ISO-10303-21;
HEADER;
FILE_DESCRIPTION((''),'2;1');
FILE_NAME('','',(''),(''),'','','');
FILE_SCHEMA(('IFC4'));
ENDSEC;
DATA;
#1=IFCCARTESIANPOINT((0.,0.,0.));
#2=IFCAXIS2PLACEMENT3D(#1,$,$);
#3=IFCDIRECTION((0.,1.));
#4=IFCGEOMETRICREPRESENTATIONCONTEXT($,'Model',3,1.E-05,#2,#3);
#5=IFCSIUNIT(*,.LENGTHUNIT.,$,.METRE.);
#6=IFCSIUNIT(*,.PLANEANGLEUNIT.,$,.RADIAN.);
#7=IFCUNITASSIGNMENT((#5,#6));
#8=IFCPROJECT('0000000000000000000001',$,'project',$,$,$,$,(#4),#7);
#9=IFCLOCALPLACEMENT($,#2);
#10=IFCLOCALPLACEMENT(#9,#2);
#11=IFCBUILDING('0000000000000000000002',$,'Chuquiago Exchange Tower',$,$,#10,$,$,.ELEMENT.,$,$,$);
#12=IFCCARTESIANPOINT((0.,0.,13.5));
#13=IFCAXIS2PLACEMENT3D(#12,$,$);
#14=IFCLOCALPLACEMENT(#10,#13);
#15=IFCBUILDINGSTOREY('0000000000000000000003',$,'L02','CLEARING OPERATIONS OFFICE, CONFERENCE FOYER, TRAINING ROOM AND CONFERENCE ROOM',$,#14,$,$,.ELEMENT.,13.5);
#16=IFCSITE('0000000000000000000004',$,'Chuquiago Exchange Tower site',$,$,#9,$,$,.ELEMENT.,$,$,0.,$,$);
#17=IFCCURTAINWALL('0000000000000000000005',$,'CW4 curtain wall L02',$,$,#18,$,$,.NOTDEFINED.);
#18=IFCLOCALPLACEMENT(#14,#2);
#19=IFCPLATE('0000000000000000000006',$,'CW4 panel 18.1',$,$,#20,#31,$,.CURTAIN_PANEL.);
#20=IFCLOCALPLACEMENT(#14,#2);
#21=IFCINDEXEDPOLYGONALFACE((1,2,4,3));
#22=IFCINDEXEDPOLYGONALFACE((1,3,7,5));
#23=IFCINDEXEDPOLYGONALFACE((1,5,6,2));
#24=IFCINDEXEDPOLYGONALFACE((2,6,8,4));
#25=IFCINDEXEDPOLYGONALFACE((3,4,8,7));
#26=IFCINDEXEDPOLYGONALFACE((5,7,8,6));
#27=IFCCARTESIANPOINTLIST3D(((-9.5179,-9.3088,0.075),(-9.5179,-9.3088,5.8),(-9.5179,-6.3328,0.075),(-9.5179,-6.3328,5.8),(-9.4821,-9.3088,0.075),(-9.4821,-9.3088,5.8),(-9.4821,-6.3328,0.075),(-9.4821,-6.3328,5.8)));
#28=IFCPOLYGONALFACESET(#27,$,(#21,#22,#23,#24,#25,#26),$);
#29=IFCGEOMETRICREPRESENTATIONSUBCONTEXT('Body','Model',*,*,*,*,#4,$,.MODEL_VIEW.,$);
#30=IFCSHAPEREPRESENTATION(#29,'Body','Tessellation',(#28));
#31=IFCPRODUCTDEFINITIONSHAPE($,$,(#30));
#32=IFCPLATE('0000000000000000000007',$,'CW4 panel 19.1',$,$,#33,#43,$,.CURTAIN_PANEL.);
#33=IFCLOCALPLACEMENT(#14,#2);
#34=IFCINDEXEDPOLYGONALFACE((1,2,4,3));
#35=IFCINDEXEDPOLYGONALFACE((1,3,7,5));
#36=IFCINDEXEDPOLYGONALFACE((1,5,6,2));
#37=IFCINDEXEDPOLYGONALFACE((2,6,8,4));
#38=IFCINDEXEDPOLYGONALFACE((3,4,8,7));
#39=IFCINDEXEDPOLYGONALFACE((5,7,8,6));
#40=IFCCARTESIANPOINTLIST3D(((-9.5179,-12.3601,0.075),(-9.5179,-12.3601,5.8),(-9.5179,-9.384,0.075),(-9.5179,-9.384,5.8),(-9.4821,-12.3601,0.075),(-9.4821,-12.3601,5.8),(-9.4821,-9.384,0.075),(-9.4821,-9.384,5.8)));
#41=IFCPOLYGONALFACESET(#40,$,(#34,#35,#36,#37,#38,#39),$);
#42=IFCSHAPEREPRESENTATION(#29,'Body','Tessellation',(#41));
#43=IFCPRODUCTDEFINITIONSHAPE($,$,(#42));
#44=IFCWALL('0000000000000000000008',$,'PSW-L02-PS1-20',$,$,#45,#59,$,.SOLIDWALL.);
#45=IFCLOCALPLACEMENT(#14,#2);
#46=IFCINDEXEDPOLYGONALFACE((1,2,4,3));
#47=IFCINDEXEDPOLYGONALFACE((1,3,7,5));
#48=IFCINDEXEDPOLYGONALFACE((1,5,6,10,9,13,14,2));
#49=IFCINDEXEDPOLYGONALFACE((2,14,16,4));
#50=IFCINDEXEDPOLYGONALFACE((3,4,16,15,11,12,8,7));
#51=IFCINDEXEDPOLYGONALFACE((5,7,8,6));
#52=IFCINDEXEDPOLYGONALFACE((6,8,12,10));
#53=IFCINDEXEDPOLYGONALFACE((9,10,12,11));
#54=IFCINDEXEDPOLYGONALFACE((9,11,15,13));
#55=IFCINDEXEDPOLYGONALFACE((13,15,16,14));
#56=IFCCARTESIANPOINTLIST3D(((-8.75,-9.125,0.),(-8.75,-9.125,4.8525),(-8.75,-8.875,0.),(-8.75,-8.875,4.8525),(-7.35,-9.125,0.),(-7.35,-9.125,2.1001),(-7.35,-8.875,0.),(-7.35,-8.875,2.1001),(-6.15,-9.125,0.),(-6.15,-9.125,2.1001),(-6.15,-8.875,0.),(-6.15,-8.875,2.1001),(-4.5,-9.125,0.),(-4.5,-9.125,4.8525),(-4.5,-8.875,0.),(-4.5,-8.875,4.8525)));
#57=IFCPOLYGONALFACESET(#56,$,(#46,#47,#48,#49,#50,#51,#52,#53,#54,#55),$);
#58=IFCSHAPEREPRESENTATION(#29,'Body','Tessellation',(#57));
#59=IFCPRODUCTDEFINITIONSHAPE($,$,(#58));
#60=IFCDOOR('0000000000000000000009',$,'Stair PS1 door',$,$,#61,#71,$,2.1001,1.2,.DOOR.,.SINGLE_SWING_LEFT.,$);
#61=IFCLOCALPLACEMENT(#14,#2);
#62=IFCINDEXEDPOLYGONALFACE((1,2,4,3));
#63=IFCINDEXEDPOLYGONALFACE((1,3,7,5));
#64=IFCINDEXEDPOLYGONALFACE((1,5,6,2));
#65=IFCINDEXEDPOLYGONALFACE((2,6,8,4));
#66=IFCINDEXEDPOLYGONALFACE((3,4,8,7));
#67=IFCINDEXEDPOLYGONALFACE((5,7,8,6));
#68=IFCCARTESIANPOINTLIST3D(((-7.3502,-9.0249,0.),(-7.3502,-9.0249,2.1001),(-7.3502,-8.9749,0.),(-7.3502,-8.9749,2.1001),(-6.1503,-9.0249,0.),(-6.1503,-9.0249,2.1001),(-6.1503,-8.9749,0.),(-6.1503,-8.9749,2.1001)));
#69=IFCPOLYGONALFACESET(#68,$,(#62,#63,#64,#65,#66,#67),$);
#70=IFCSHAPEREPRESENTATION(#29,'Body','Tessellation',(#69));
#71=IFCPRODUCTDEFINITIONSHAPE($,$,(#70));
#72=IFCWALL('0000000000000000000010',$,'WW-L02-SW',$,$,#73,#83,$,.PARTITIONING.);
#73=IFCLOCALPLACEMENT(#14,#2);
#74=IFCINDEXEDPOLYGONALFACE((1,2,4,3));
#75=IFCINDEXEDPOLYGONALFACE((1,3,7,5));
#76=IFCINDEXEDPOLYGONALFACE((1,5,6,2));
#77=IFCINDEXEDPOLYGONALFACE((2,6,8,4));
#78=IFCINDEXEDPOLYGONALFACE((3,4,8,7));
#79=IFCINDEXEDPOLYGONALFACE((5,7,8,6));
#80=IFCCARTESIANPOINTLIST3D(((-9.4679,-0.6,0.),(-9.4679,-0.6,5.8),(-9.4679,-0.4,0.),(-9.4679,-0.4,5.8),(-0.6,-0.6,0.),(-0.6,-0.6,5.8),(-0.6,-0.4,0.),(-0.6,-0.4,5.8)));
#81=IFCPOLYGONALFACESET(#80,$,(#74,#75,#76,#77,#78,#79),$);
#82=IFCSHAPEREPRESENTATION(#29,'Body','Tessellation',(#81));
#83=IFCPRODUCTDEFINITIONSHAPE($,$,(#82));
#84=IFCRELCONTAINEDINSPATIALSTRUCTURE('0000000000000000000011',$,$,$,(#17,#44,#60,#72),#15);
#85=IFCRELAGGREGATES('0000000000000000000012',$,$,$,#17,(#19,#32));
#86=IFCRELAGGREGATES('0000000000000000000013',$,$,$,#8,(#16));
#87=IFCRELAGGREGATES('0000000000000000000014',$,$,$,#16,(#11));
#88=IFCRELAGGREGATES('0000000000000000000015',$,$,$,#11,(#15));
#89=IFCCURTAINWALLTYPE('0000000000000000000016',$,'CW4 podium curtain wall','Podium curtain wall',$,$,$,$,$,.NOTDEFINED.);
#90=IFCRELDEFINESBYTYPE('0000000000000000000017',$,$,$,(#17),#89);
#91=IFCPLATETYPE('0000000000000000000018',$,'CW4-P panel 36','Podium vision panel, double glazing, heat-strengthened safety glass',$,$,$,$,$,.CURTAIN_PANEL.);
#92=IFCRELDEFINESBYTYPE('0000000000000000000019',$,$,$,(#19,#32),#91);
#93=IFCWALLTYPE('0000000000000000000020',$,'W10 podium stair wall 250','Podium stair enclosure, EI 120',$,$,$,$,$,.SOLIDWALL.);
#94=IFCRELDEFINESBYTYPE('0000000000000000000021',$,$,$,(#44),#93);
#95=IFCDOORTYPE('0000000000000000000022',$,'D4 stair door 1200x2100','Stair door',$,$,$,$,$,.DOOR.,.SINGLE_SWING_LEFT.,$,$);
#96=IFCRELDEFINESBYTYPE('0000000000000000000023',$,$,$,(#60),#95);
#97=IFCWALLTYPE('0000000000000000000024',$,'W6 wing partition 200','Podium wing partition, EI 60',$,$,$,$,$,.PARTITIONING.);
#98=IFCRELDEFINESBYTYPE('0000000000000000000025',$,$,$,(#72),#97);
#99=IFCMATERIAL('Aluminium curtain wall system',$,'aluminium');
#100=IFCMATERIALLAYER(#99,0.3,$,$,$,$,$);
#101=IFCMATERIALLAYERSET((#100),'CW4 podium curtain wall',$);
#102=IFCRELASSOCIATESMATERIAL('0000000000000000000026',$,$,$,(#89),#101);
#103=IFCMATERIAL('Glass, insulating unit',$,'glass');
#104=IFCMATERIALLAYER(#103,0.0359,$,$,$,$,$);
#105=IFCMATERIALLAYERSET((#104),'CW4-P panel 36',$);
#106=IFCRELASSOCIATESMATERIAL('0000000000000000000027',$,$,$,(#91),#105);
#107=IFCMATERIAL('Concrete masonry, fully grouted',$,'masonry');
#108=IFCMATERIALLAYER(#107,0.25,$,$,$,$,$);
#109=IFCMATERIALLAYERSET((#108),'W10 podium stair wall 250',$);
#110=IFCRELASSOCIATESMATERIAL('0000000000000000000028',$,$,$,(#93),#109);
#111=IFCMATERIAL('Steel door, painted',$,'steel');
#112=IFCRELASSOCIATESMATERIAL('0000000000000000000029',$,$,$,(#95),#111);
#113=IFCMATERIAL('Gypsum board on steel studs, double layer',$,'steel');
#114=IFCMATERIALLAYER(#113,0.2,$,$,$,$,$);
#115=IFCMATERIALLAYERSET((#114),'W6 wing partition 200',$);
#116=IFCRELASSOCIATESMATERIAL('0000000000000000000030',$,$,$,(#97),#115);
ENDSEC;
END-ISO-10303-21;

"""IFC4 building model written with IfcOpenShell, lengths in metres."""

from ifc_helpers import new_model, si_unit, direction, frame, frame_2d, origin, origin_2d, place, context, subcontext, project, spatial, rectangle, extrude, material, layer, layer_set, type_object, element, fill, aggregate, save


model = new_model("IFC4")

# Units and contexts
model_context = context("Model", 3, precision=1e-05, world=origin(), true_north=direction((0.0, 1.0)))
body_context = subcontext(model_context, "Body", "Model", "MODEL_VIEW")
ifc_project = project(units=[si_unit("LENGTHUNIT", "METRE"), si_unit("PLANEANGLEUNIT", "RADIAN")], contexts=[model_context])

# Site, building, storey
site_placement = place(None, origin())
site = spatial("IfcSite", under=ifc_project, at=site_placement, Name="Chuquiago Exchange Tower site", CompositionType="ELEMENT", RefElevation=0.0)
building_placement = place(site_placement, origin())
building = spatial("IfcBuilding", under=site, at=building_placement, Name="Chuquiago Exchange Tower", CompositionType="ELEMENT")
storey_placement = place(building_placement, frame((0.0, 0.0, 13.5)))
storey = spatial("IfcBuildingStorey", under=building, at=storey_placement, Name="L02", Description="CLEARING OPERATIONS OFFICE, CONFERENCE FOYER, TRAINING ROOM AND CONFERENCE ROOM", CompositionType="ELEMENT", Elevation=13.5)

# Curtain wall
ifc_material_1 = material(Name="Aluminium curtain wall system", Category="aluminium")
ifc_layer_1 = layer(ifc_material_1, 0.3)
ifc_layer_set_1 = layer_set([ifc_layer_1], Name="CW4 podium curtain wall")
curtain_wall_type = type_object("IfcCurtainWallType", Name="CW4 podium curtain wall", Description="Podium curtain wall", PredefinedType="NOTDEFINED", material=ifc_layer_set_1)
curtain_wall_placement = place(storey_placement, origin())
curtain_wall = element("IfcCurtainWall", 1, at=curtain_wall_placement, inside=storey, type_object=curtain_wall_type, Name="CW4 curtain wall L02", PredefinedType="NOTDEFINED")

# Plates
ifc_material_2 = material(Name="Glass, insulating unit", Category="glass")
ifc_layer_2 = layer(ifc_material_2, 0.0359)
ifc_layer_set_2 = layer_set([ifc_layer_2], Name="CW4-P panel 36")
plate_type = type_object("IfcPlateType", Name="CW4-P panel 36", Description="Podium vision panel, double glazing, heat-strengthened safety glass", PredefinedType="CURTAIN_PANEL", material=ifc_layer_set_2)
plate_1_placement = place(storey_placement, frame((-9.5, -7.8208, 0.075), z_axis=(0.0, 0.0, 1.0), x_axis=(0.0, -1.0, 0.0)))
plate_1 = element("IfcPlate", 2, at=plate_1_placement, type_object=plate_type, Name="CW4 panel 18.1", PredefinedType="CURTAIN_PANEL", context=body_context, shape_type="SweptSolid", body=[
    extrude(rectangle(XDim=2.9761, YDim=0.0359, at=origin_2d()), origin(), (0.0, 0.0, 1.0), 5.7251),
])
plate_2_placement = place(storey_placement, frame((-9.5, -10.8721, 0.075), z_axis=(0.0, 0.0, 1.0), x_axis=(0.0, -1.0, 0.0)))
plate_2 = element("IfcPlate", 3, at=plate_2_placement, type_object=plate_type, Name="CW4 panel 19.1", PredefinedType="CURTAIN_PANEL", context=body_context, shape_type="SweptSolid", body=[
    extrude(rectangle(XDim=2.9761, YDim=0.0359, at=origin_2d()), origin(), (0.0, 0.0, 1.0), 5.7251),
])
aggregate(curtain_wall, [plate_1, plate_2])

# Wall, opening, door
ifc_material_3 = material(Name="Concrete masonry, fully grouted", Category="masonry")
ifc_layer_3 = layer(ifc_material_3, 0.25)
ifc_layer_set_3 = layer_set([ifc_layer_3], Name="W10 podium stair wall 250")
wall_type_1 = type_object("IfcWallType", Name="W10 podium stair wall 250", Description="Podium stair enclosure, EI 120", PredefinedType="SOLIDWALL", material=ifc_layer_set_3)
wall_1_placement = place(storey_placement, frame((-8.75, -9.0, 0.0), z_axis=(0.0, 0.0, 1.0), x_axis=(1.0, 0.0, 0.0)))
wall_1 = element("IfcWall", 4, at=wall_1_placement, inside=storey, type_object=wall_type_1, Name="PSW-L02-PS1-20", PredefinedType="SOLIDWALL", context=body_context, shape_type="SweptSolid", body=[
    extrude(rectangle(XDim=4.25, YDim=0.25, at=frame_2d((2.125, 0.0))), origin(), (0.0, 0.0, 1.0), 4.8525),
])
opening_placement = place(wall_1_placement, frame((1.3999, 0.0, 0.0)))
opening = element("IfcOpeningElement", 5, at=opening_placement, cuts=wall_1, PredefinedType="OPENING", context=body_context, shape_type="SweptSolid", body=[
    extrude(rectangle(XDim=1.2, YDim=2.1001, at=frame_2d((0.6001, 1.05))), frame((0.0, 0.135, 0.0), z_axis=(0.0, -1.0, 0.0), x_axis=(1.0, 0.0, 0.0)), (0.0, 0.0, 1.0), 0.27),
])
ifc_material_4 = material(Name="Steel door, painted", Category="steel")
door_type = type_object("IfcDoorType", Name="D4 stair door 1200x2100", Description="Stair door", OperationType="SINGLE_SWING_LEFT", PredefinedType="DOOR", material=ifc_material_4)
door_placement = place(opening_placement, frame((1.2, 0.0, 0.0), z_axis=(0.0, 0.0, 1.0), x_axis=(-1.0, 0.0, 0.0)))
door = element("IfcDoor", 6, at=door_placement, inside=storey, type_object=door_type, Name="Stair PS1 door", OperationType="SINGLE_SWING_LEFT", OverallHeight=2.1001, OverallWidth=1.2, PredefinedType="DOOR", context=body_context, shape_type="SweptSolid", body=[
    extrude(rectangle(XDim=1.2, YDim=2.1001, at=frame_2d((0.6001, 1.05))), frame((0.0, 0.0249, 0.0), z_axis=(0.0, -1.0, 0.0), x_axis=(1.0, 0.0, 0.0)), (0.0, 0.0, 1.0), 0.05),
])
fill(opening, door)

# Wall
ifc_material_5 = material(Name="Gypsum board on steel studs, double layer", Category="steel")
ifc_layer_4 = layer(ifc_material_5, 0.2)
ifc_layer_set_4 = layer_set([ifc_layer_4], Name="W6 wing partition 200")
wall_type_2 = type_object("IfcWallType", Name="W6 wing partition 200", Description="Podium wing partition, EI 60", PredefinedType="PARTITIONING", material=ifc_layer_set_4)
wall_2_placement = place(storey_placement, frame((-9.468, -0.5, 0.0), z_axis=(0.0, 0.0, 1.0), x_axis=(1.0, 0.0, 0.0)))
element("IfcWall", 7, at=wall_2_placement, inside=storey, type_object=wall_type_2, Name="WW-L02-SW", PredefinedType="PARTITIONING", context=body_context, shape_type="SweptSolid", body=[
    extrude(rectangle(XDim=8.8679, YDim=0.2, at=frame_2d((4.4341, 0.0))), origin(), (0.0, 0.0, 1.0), 5.8),
])

save(model, "model.ifc")
